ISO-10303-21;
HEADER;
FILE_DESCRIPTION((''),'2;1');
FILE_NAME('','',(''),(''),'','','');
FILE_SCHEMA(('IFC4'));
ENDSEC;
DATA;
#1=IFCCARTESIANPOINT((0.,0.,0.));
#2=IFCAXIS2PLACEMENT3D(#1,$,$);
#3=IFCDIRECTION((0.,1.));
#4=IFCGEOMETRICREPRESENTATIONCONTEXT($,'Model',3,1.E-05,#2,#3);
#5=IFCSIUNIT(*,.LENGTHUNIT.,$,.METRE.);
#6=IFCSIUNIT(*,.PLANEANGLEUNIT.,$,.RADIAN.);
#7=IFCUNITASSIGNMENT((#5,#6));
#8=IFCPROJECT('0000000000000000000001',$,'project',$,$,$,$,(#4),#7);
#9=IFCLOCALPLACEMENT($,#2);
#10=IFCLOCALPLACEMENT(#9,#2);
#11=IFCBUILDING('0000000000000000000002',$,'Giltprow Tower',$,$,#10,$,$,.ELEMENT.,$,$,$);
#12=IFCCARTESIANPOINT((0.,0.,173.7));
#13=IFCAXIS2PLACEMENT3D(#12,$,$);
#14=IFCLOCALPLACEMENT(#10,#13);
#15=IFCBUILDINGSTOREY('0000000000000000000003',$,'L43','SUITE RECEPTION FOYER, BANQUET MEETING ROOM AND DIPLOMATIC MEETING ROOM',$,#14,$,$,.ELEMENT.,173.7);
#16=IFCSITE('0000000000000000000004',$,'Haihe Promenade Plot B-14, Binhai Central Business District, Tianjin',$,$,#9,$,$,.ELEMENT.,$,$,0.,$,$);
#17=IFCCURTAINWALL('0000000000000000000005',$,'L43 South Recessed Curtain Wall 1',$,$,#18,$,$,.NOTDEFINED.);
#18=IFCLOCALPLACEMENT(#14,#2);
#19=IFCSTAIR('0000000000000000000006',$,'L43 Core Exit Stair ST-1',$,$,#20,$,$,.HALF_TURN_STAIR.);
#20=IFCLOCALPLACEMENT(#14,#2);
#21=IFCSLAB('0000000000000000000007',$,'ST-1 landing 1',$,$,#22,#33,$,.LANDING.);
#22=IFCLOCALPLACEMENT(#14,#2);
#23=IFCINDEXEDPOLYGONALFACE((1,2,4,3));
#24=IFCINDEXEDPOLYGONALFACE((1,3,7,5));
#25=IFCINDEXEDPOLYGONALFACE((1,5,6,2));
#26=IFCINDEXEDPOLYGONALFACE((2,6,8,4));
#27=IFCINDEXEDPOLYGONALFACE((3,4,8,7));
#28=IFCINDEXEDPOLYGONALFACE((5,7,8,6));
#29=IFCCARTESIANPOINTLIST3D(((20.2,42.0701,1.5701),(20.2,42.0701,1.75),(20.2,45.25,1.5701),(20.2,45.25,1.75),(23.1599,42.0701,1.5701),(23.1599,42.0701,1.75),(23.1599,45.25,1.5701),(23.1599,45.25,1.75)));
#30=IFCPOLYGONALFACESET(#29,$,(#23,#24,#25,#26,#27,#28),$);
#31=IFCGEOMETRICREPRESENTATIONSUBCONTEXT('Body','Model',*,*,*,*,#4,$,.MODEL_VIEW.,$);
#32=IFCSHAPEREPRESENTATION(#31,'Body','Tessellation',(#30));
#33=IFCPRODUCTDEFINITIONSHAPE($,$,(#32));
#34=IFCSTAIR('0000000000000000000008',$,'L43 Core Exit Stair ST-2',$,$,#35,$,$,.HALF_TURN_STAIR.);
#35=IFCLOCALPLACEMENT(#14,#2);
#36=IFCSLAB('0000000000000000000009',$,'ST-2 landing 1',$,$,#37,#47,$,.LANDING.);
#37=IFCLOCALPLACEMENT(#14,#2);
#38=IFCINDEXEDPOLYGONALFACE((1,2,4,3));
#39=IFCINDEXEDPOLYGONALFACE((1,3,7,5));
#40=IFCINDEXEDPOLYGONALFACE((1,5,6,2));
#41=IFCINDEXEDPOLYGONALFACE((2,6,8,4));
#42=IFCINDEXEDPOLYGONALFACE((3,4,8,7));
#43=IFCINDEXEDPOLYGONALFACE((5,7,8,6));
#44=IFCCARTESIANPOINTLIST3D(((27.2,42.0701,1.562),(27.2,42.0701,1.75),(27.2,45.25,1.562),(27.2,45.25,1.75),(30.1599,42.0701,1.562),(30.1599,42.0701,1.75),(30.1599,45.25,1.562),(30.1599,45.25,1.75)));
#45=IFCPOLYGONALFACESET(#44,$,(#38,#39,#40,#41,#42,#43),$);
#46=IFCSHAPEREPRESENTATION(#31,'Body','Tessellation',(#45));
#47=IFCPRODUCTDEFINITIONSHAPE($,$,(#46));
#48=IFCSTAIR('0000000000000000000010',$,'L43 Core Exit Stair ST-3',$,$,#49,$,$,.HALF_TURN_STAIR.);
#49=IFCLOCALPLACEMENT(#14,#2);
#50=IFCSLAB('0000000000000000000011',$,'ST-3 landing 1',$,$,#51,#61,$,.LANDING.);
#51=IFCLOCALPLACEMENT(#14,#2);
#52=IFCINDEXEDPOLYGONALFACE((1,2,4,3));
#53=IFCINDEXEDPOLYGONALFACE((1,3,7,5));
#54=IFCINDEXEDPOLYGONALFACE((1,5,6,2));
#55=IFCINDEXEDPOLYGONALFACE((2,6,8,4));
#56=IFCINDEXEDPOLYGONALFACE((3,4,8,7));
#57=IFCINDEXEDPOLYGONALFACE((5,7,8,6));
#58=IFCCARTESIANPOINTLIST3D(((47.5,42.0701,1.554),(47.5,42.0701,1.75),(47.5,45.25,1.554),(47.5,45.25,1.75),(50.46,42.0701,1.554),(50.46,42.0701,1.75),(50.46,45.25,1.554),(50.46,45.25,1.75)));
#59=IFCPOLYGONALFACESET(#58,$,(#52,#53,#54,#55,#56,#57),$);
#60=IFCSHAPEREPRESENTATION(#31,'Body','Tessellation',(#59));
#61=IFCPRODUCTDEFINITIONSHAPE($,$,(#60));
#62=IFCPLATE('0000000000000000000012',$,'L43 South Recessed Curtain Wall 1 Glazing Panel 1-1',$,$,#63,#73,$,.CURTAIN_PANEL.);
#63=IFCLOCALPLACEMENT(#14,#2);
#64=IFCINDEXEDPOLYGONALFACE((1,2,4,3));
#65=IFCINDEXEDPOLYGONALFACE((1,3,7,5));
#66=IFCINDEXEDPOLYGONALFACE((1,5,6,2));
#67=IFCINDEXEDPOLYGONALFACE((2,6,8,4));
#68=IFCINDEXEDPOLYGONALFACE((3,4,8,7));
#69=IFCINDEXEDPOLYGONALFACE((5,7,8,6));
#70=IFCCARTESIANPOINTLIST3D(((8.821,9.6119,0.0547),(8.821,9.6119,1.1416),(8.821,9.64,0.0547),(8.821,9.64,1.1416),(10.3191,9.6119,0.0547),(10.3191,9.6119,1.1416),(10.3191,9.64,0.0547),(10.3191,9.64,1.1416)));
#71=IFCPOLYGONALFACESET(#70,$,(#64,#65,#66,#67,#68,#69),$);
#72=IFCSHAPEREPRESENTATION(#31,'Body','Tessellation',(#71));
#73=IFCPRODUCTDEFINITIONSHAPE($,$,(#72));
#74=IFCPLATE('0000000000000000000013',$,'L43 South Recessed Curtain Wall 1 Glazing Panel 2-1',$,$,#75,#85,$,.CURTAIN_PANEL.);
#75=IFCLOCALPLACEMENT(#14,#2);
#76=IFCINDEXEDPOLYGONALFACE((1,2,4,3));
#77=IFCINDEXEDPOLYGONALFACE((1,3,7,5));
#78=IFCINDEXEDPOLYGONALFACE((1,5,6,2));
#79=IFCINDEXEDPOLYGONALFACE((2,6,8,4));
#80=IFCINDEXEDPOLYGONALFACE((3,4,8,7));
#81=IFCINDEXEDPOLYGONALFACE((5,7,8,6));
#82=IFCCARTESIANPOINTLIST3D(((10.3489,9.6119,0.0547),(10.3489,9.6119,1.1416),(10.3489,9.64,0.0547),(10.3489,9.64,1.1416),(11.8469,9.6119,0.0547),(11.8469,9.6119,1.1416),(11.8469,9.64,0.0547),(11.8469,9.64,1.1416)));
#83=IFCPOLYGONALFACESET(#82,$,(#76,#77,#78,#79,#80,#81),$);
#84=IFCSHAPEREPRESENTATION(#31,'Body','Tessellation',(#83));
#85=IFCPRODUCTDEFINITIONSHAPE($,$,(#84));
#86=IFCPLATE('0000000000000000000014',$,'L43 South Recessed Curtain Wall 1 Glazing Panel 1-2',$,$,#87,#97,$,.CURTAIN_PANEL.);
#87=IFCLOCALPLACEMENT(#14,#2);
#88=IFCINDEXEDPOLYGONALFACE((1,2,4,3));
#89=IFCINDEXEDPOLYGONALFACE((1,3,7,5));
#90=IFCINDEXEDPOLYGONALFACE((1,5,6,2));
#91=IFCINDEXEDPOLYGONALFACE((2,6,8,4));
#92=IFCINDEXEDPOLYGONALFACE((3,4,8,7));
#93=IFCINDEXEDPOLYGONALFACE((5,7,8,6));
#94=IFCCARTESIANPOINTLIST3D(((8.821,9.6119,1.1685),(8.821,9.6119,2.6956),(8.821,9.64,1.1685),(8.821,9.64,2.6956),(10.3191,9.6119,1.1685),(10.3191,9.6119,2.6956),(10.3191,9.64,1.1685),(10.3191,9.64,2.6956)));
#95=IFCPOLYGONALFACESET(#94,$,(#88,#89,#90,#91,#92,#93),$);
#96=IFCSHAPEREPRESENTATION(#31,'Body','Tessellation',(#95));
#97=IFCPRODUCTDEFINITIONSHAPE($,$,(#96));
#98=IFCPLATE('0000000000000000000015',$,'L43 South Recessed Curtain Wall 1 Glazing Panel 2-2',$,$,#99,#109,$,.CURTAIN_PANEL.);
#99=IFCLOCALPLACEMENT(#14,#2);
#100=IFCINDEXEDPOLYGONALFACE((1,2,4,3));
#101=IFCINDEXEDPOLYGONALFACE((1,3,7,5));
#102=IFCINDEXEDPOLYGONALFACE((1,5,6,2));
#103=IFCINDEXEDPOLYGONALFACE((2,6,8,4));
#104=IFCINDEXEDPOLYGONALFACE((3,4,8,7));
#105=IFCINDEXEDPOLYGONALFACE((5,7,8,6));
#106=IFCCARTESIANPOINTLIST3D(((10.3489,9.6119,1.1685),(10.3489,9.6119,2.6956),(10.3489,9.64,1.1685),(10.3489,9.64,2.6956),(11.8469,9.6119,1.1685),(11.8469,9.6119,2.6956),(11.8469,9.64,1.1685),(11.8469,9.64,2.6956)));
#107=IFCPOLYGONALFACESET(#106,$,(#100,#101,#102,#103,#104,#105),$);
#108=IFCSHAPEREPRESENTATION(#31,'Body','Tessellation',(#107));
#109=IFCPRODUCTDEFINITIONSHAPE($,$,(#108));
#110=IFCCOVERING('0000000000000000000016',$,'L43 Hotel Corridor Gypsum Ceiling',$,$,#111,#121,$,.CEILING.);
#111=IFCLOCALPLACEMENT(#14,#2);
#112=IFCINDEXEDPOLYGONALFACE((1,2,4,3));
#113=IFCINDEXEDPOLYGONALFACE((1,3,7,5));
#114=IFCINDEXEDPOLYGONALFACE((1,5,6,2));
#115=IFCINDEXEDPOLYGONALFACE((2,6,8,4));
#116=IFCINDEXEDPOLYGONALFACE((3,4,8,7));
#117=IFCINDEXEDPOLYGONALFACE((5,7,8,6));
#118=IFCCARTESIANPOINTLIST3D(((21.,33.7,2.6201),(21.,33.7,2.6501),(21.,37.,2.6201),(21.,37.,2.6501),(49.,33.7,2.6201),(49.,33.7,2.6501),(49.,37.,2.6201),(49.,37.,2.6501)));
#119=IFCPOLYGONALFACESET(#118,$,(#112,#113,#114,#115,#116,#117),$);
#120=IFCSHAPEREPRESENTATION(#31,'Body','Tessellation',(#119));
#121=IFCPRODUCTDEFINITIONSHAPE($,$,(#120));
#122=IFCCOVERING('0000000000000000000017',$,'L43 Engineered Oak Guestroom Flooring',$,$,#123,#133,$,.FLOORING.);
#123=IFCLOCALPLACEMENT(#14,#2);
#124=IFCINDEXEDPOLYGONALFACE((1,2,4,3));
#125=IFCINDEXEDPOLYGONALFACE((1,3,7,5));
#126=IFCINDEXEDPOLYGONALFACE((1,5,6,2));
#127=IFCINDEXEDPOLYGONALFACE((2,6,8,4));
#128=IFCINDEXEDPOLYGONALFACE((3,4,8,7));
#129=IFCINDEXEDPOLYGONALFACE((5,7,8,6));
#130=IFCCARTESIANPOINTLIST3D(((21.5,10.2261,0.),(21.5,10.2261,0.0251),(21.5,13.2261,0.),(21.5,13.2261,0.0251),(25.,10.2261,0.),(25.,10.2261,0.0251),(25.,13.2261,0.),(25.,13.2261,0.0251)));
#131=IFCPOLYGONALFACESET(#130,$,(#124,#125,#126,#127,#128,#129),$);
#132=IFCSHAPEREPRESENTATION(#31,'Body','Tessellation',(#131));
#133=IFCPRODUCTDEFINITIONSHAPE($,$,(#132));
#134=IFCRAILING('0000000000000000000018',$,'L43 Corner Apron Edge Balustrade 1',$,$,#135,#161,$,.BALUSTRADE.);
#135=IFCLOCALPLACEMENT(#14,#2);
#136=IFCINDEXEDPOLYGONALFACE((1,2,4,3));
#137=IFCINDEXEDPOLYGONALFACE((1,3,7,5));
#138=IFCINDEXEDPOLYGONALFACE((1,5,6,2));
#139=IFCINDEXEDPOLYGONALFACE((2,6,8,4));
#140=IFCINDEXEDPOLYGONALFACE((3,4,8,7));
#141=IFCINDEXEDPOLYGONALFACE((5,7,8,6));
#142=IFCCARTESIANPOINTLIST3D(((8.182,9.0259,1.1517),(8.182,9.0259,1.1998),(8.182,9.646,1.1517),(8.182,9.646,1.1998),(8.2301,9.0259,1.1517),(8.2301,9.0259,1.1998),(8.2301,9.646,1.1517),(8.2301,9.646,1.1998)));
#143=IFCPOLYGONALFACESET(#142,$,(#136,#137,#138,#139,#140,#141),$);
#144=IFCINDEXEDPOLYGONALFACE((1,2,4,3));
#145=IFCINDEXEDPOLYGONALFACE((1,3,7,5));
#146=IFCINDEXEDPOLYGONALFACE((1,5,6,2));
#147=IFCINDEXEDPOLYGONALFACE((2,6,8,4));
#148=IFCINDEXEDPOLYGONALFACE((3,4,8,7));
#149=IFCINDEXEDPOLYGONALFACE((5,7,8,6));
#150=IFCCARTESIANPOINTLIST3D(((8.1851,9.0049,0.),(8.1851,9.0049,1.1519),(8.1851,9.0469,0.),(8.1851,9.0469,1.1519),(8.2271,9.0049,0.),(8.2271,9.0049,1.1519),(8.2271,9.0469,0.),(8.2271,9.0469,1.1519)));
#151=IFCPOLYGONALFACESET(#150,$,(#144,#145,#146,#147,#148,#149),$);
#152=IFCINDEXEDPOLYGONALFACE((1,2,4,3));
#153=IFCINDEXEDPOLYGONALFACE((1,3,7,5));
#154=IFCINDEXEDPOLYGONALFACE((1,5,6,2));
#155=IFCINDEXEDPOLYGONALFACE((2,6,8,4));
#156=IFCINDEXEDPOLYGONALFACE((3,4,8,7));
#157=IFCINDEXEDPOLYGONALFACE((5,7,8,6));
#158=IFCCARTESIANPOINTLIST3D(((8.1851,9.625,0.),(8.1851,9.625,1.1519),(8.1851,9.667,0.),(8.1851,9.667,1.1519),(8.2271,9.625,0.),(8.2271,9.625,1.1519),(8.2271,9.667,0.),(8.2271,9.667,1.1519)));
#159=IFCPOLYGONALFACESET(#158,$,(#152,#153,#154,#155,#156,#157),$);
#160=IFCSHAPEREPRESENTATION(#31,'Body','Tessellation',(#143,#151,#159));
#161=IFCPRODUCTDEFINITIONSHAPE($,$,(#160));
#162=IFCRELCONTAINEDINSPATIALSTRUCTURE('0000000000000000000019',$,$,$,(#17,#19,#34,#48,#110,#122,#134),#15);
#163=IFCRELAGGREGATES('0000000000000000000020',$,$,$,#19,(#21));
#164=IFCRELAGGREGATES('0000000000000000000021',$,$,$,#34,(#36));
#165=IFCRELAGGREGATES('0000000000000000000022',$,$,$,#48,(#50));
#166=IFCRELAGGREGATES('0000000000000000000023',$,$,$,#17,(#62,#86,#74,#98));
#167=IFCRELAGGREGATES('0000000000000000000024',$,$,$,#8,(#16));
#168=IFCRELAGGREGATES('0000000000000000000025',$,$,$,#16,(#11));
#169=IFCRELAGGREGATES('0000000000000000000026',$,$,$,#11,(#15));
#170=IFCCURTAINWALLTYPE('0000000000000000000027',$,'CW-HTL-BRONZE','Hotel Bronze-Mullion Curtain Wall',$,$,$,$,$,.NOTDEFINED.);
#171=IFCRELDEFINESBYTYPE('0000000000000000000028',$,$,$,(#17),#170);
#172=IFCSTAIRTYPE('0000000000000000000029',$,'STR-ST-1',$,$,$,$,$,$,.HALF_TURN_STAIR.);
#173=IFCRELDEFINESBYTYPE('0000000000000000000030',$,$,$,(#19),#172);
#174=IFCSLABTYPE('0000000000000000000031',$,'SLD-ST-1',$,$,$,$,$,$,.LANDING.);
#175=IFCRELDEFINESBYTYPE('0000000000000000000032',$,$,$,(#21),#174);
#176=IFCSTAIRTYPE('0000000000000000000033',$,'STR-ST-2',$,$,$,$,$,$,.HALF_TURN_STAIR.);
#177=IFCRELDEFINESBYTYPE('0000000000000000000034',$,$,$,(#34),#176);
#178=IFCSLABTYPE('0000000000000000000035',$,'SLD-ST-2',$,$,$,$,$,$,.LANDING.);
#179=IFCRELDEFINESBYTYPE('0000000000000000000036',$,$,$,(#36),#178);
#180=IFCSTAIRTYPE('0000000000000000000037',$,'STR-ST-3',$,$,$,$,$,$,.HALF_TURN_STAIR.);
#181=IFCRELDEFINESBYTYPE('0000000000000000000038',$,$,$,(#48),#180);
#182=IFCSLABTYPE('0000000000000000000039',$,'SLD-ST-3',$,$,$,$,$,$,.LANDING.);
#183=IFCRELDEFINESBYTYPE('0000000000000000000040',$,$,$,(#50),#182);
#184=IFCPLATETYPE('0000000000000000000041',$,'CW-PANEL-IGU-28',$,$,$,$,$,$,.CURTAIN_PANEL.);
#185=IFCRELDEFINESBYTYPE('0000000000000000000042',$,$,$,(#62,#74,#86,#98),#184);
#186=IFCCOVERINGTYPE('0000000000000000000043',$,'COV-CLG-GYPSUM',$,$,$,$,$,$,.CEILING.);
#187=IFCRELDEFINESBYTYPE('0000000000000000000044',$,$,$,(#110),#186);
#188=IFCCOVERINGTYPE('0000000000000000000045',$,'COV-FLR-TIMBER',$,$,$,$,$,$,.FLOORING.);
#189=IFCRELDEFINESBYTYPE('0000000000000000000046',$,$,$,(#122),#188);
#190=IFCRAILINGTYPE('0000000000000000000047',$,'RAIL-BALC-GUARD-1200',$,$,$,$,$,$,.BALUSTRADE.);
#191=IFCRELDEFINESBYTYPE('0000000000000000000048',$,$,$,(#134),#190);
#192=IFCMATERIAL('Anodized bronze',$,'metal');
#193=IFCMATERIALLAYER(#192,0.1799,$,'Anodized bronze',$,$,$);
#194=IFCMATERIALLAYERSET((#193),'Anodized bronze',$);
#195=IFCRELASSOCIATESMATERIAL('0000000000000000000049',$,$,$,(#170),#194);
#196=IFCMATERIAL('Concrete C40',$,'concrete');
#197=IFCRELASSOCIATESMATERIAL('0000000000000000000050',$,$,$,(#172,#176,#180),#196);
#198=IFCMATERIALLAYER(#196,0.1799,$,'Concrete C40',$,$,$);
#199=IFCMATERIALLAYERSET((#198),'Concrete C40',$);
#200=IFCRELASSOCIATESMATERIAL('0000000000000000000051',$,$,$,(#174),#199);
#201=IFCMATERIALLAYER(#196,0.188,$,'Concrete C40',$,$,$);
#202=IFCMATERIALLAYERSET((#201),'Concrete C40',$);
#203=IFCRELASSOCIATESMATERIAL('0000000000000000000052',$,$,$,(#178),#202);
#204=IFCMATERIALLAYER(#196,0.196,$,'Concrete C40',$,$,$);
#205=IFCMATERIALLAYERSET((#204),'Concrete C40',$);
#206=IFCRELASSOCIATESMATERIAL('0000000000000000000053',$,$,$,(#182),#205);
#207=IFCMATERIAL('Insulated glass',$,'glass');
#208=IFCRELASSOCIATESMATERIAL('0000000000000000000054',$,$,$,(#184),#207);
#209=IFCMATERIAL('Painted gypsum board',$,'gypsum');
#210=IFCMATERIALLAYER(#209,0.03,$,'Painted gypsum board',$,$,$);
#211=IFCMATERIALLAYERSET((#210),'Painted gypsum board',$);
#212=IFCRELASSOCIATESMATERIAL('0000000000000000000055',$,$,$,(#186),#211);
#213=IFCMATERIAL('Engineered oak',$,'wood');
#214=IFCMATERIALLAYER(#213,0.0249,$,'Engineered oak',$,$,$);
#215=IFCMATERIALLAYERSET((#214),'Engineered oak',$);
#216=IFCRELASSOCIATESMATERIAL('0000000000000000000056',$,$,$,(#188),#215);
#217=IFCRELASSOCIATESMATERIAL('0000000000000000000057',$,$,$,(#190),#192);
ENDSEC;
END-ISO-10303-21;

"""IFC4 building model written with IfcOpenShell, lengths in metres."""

from ifc_helpers import new_model, si_unit, direction, frame, origin, origin_2d, place, context, subcontext, project, spatial, polyline, rectangle, outline, extrude, source, transform, mapped, material, layer, layer_set, type_object, element, aggregate, save


model = new_model("IFC4")

# Units and contexts
model_context = context("Model", 3, precision=1e-05, world=origin(), true_north=direction((0.0, 1.0)))
body_context = subcontext(model_context, "Body", "Model", "MODEL_VIEW")
ifc_project = project(units=[si_unit("LENGTHUNIT", "METRE"), si_unit("PLANEANGLEUNIT", "RADIAN")], contexts=[model_context])

# Site, building, storey
site_placement = place(None, origin())
site = spatial("IfcSite", under=ifc_project, at=site_placement, Name="Haihe Promenade Plot B-14, Binhai Central Business District, Tianjin", CompositionType="ELEMENT", RefElevation=0.0)
building_placement = place(site_placement, origin())
building = spatial("IfcBuilding", under=site, at=building_placement, Name="Giltprow Tower", CompositionType="ELEMENT")
storey_placement = place(building_placement, frame((0.0, 0.0, 173.7)))
storey = spatial("IfcBuildingStorey", under=building, at=storey_placement, Name="L43", Description="SUITE RECEPTION FOYER, BANQUET MEETING ROOM AND DIPLOMATIC MEETING ROOM", CompositionType="ELEMENT", Elevation=173.7)

# Curtain wall
ifc_material_1 = material(Name="Anodized bronze", Category="metal")
ifc_layer_1 = layer(ifc_material_1, 0.1799, Name="Anodized bronze")
ifc_layer_set_1 = layer_set([ifc_layer_1], Name="Anodized bronze")
curtain_wall_type = type_object("IfcCurtainWallType", Name="CW-HTL-BRONZE", Description="Hotel Bronze-Mullion Curtain Wall", PredefinedType="NOTDEFINED", material=ifc_layer_set_1)
curtain_wall_placement = place(storey_placement, origin())
curtain_wall = element("IfcCurtainWall", 1, at=curtain_wall_placement, inside=storey, type_object=curtain_wall_type, Name="L43 South Recessed Curtain Wall 1", PredefinedType="NOTDEFINED")

# Shared definitions
ifc_material_2 = material(Name="Concrete C40", Category="concrete")

# Stairs, slabs
stair_type_1 = type_object("IfcStairType", Name="STR-ST-1", PredefinedType="HALF_TURN_STAIR", material=ifc_material_2)
stair_1_placement = place(storey_placement, origin())
stair_1 = element("IfcStair", 2, at=stair_1_placement, inside=storey, type_object=stair_type_1, Name="L43 Core Exit Stair ST-1", PredefinedType="HALF_TURN_STAIR")
ifc_layer_2 = layer(ifc_material_2, 0.1799, Name="Concrete C40")
ifc_layer_set_2 = layer_set([ifc_layer_2], Name="Concrete C40")
slab_type_1 = type_object("IfcSlabType", Name="SLD-ST-1", PredefinedType="LANDING", material=ifc_layer_set_2)
slab_1_placement = place(storey_placement, frame((0.0, 0.0, 1.5701)))
slab_1 = element("IfcSlab", 3, at=slab_1_placement, type_object=slab_type_1, Name="ST-1 landing 1", PredefinedType="LANDING", context=body_context, shape_type="SweptSolid", body=[
    extrude(outline(polyline([(23.1599, 42.0701), (23.1599, 45.25), (20.2, 45.25), (20.2, 42.0701), (23.1599, 42.0701)])), origin(), (0.0, 0.0, 1.0), 0.1799),
])
aggregate(stair_1, [slab_1])
stair_type_2 = type_object("IfcStairType", Name="STR-ST-2", PredefinedType="HALF_TURN_STAIR", material=ifc_material_2)
stair_2_placement = place(storey_placement, origin())
stair_2 = element("IfcStair", 4, at=stair_2_placement, inside=storey, type_object=stair_type_2, Name="L43 Core Exit Stair ST-2", PredefinedType="HALF_TURN_STAIR")
ifc_layer_3 = layer(ifc_material_2, 0.188, Name="Concrete C40")
ifc_layer_set_3 = layer_set([ifc_layer_3], Name="Concrete C40")
slab_type_2 = type_object("IfcSlabType", Name="SLD-ST-2", PredefinedType="LANDING", material=ifc_layer_set_3)
slab_2_placement = place(storey_placement, frame((0.0, 0.0, 1.562)))
slab_2 = element("IfcSlab", 5, at=slab_2_placement, type_object=slab_type_2, Name="ST-2 landing 1", PredefinedType="LANDING", context=body_context, shape_type="SweptSolid", body=[
    extrude(outline(polyline([(30.1599, 42.0701), (30.1599, 45.25), (27.2, 45.25), (27.2, 42.0701), (30.1599, 42.0701)])), origin(), (0.0, 0.0, 1.0), 0.188),
])
aggregate(stair_2, [slab_2])
stair_type_3 = type_object("IfcStairType", Name="STR-ST-3", PredefinedType="HALF_TURN_STAIR", material=ifc_material_2)
stair_3_placement = place(storey_placement, origin())
stair_3 = element("IfcStair", 6, at=stair_3_placement, inside=storey, type_object=stair_type_3, Name="L43 Core Exit Stair ST-3", PredefinedType="HALF_TURN_STAIR")
ifc_layer_4 = layer(ifc_material_2, 0.196, Name="Concrete C40")
ifc_layer_set_4 = layer_set([ifc_layer_4], Name="Concrete C40")
slab_type_3 = type_object("IfcSlabType", Name="SLD-ST-3", PredefinedType="LANDING", material=ifc_layer_set_4)
slab_3_placement = place(storey_placement, frame((0.0, 0.0, 1.554)))
slab_3 = element("IfcSlab", 7, at=slab_3_placement, type_object=slab_type_3, Name="ST-3 landing 1", PredefinedType="LANDING", context=body_context, shape_type="SweptSolid", body=[
    extrude(outline(polyline([(50.46, 42.0701), (50.46, 45.25), (47.5, 45.25), (47.5, 42.0701), (50.46, 42.0701)])), origin(), (0.0, 0.0, 1.0), 0.196),
])
aggregate(stair_3, [slab_3])

# Plates
ifc_material_3 = material(Name="Insulated glass", Category="glass")
plate_type = type_object("IfcPlateType", Name="CW-PANEL-IGU-28", PredefinedType="CURTAIN_PANEL", material=ifc_material_3)
shared_shape_1 = source(origin(), body_context, "Body", "SweptSolid", [
    extrude(rectangle(XDim=1.498, YDim=0.0281, at=origin_2d()), origin(), (0.0, 0.0, 1.0), 1.0869),
])
plate_1_placement = place(storey_placement, frame((9.5701, 9.626, 0.0547), z_axis=(0.0, 0.0, 1.0), x_axis=(1.0, 0.0, 0.0)))
plate_1 = element("IfcPlate", 8, at=plate_1_placement, type_object=plate_type, Name="L43 South Recessed Curtain Wall 1 Glazing Panel 1-1", PredefinedType="CURTAIN_PANEL", context=body_context, shape_type="MappedRepresentation", body=[
    mapped(shared_shape_1, transform((0.0, 0.0, 0.0), x_axis=(1.0, 0.0, 0.0), y_axis=(0.0, 1.0, 0.0), z_axis=(0.0, 0.0, 1.0), scale=1.0)),
])
plate_2_placement = place(storey_placement, frame((11.0979, 9.626, 0.0547), z_axis=(0.0, 0.0, 1.0), x_axis=(1.0, 0.0, 0.0)))
plate_2 = element("IfcPlate", 9, at=plate_2_placement, type_object=plate_type, Name="L43 South Recessed Curtain Wall 1 Glazing Panel 2-1", PredefinedType="CURTAIN_PANEL", context=body_context, shape_type="MappedRepresentation", body=[
    mapped(shared_shape_1, transform((0.0, 0.0, 0.0), x_axis=(1.0, 0.0, 0.0), y_axis=(0.0, 1.0, 0.0), z_axis=(0.0, 0.0, 1.0), scale=1.0)),
])
shared_shape_2 = source(origin(), body_context, "Body", "SweptSolid", [
    extrude(rectangle(XDim=1.498, YDim=0.0281, at=origin_2d()), origin(), (0.0, 0.0, 1.0), 1.5271),
])
plate_3_placement = place(storey_placement, frame((9.5701, 9.626, 1.1685), z_axis=(0.0, 0.0, 1.0), x_axis=(1.0, 0.0, 0.0)))
plate_3 = element("IfcPlate", 10, at=plate_3_placement, type_object=plate_type, Name="L43 South Recessed Curtain Wall 1 Glazing Panel 1-2", PredefinedType="CURTAIN_PANEL", context=body_context, shape_type="MappedRepresentation", body=[
    mapped(shared_shape_2, transform((0.0, 0.0, 0.0), x_axis=(1.0, 0.0, 0.0), y_axis=(0.0, 1.0, 0.0), z_axis=(0.0, 0.0, 1.0), scale=1.0)),
])
plate_4_placement = place(storey_placement, frame((11.0979, 9.626, 1.1685), z_axis=(0.0, 0.0, 1.0), x_axis=(1.0, 0.0, 0.0)))
plate_4 = element("IfcPlate", 11, at=plate_4_placement, type_object=plate_type, Name="L43 South Recessed Curtain Wall 1 Glazing Panel 2-2", PredefinedType="CURTAIN_PANEL", context=body_context, shape_type="MappedRepresentation", body=[
    mapped(shared_shape_2, transform((0.0, 0.0, 0.0), x_axis=(1.0, 0.0, 0.0), y_axis=(0.0, 1.0, 0.0), z_axis=(0.0, 0.0, 1.0), scale=1.0)),
])
aggregate(curtain_wall, [plate_1, plate_3, plate_2, plate_4])

# Coverings
ifc_material_4 = material(Name="Painted gypsum board", Category="gypsum")
ifc_layer_5 = layer(ifc_material_4, 0.03, Name="Painted gypsum board")
ifc_layer_set_5 = layer_set([ifc_layer_5], Name="Painted gypsum board")
covering_type_1 = type_object("IfcCoveringType", Name="COV-CLG-GYPSUM", PredefinedType="CEILING", material=ifc_layer_set_5)
covering_1_placement = place(storey_placement, frame((0.0, 0.0, 2.6201)))
element("IfcCovering", 12, at=covering_1_placement, inside=storey, type_object=covering_type_1, Name="L43 Hotel Corridor Gypsum Ceiling", PredefinedType="CEILING", context=body_context, shape_type="SweptSolid", body=[
    extrude(outline(polyline([(21.0, 33.7), (49.0, 33.7), (49.0, 37.0), (21.0, 37.0), (21.0, 33.7)])), origin(), (0.0, 0.0, 1.0), 0.03),
])
ifc_material_5 = material(Name="Engineered oak", Category="wood")
ifc_layer_6 = layer(ifc_material_5, 0.0249, Name="Engineered oak")
ifc_layer_set_6 = layer_set([ifc_layer_6], Name="Engineered oak")
covering_type_2 = type_object("IfcCoveringType", Name="COV-FLR-TIMBER", PredefinedType="FLOORING", material=ifc_layer_set_6)
covering_2_placement = place(storey_placement, origin())
element("IfcCovering", 13, at=covering_2_placement, inside=storey, type_object=covering_type_2, Name="L43 Engineered Oak Guestroom Flooring", PredefinedType="FLOORING", context=body_context, shape_type="SweptSolid", body=[
    extrude(outline(polyline([(21.5, 10.2261), (25.0, 10.2261), (25.0, 13.2261), (21.5, 13.2261), (21.5, 10.2261)])), origin(), (0.0, 0.0, 1.0), 0.0251),
])

# Railing
railing_type = type_object("IfcRailingType", Name="RAIL-BALC-GUARD-1200", PredefinedType="BALUSTRADE", material=ifc_material_1)
railing_placement = place(storey_placement, frame((8.2061, 9.0259, 0.0)))
element("IfcRailing", 14, at=railing_placement, inside=storey, type_object=railing_type, Name="L43 Corner Apron Edge Balustrade 1", PredefinedType="BALUSTRADE", context=body_context, shape_type="SweptSolid", body=[
    extrude(rectangle(XDim=0.0481, YDim=0.0481, at=origin_2d()), frame((0.0, 0.0, 1.1758), z_axis=(0.0, 1.0, 0.0), x_axis=(-1.0, 0.0, 0.0)), (0.0, 0.0, 1.0), 0.6201),
    extrude(rectangle(XDim=0.042, YDim=0.042, at=origin_2d()), origin(), (0.0, 0.0, 1.0), 1.1519),
    extrude(rectangle(XDim=0.042, YDim=0.042, at=origin_2d()), frame((0.0, 0.6201, 0.0)), (0.0, 0.0, 1.0), 1.1519),
])

save(model, "model.ifc")
